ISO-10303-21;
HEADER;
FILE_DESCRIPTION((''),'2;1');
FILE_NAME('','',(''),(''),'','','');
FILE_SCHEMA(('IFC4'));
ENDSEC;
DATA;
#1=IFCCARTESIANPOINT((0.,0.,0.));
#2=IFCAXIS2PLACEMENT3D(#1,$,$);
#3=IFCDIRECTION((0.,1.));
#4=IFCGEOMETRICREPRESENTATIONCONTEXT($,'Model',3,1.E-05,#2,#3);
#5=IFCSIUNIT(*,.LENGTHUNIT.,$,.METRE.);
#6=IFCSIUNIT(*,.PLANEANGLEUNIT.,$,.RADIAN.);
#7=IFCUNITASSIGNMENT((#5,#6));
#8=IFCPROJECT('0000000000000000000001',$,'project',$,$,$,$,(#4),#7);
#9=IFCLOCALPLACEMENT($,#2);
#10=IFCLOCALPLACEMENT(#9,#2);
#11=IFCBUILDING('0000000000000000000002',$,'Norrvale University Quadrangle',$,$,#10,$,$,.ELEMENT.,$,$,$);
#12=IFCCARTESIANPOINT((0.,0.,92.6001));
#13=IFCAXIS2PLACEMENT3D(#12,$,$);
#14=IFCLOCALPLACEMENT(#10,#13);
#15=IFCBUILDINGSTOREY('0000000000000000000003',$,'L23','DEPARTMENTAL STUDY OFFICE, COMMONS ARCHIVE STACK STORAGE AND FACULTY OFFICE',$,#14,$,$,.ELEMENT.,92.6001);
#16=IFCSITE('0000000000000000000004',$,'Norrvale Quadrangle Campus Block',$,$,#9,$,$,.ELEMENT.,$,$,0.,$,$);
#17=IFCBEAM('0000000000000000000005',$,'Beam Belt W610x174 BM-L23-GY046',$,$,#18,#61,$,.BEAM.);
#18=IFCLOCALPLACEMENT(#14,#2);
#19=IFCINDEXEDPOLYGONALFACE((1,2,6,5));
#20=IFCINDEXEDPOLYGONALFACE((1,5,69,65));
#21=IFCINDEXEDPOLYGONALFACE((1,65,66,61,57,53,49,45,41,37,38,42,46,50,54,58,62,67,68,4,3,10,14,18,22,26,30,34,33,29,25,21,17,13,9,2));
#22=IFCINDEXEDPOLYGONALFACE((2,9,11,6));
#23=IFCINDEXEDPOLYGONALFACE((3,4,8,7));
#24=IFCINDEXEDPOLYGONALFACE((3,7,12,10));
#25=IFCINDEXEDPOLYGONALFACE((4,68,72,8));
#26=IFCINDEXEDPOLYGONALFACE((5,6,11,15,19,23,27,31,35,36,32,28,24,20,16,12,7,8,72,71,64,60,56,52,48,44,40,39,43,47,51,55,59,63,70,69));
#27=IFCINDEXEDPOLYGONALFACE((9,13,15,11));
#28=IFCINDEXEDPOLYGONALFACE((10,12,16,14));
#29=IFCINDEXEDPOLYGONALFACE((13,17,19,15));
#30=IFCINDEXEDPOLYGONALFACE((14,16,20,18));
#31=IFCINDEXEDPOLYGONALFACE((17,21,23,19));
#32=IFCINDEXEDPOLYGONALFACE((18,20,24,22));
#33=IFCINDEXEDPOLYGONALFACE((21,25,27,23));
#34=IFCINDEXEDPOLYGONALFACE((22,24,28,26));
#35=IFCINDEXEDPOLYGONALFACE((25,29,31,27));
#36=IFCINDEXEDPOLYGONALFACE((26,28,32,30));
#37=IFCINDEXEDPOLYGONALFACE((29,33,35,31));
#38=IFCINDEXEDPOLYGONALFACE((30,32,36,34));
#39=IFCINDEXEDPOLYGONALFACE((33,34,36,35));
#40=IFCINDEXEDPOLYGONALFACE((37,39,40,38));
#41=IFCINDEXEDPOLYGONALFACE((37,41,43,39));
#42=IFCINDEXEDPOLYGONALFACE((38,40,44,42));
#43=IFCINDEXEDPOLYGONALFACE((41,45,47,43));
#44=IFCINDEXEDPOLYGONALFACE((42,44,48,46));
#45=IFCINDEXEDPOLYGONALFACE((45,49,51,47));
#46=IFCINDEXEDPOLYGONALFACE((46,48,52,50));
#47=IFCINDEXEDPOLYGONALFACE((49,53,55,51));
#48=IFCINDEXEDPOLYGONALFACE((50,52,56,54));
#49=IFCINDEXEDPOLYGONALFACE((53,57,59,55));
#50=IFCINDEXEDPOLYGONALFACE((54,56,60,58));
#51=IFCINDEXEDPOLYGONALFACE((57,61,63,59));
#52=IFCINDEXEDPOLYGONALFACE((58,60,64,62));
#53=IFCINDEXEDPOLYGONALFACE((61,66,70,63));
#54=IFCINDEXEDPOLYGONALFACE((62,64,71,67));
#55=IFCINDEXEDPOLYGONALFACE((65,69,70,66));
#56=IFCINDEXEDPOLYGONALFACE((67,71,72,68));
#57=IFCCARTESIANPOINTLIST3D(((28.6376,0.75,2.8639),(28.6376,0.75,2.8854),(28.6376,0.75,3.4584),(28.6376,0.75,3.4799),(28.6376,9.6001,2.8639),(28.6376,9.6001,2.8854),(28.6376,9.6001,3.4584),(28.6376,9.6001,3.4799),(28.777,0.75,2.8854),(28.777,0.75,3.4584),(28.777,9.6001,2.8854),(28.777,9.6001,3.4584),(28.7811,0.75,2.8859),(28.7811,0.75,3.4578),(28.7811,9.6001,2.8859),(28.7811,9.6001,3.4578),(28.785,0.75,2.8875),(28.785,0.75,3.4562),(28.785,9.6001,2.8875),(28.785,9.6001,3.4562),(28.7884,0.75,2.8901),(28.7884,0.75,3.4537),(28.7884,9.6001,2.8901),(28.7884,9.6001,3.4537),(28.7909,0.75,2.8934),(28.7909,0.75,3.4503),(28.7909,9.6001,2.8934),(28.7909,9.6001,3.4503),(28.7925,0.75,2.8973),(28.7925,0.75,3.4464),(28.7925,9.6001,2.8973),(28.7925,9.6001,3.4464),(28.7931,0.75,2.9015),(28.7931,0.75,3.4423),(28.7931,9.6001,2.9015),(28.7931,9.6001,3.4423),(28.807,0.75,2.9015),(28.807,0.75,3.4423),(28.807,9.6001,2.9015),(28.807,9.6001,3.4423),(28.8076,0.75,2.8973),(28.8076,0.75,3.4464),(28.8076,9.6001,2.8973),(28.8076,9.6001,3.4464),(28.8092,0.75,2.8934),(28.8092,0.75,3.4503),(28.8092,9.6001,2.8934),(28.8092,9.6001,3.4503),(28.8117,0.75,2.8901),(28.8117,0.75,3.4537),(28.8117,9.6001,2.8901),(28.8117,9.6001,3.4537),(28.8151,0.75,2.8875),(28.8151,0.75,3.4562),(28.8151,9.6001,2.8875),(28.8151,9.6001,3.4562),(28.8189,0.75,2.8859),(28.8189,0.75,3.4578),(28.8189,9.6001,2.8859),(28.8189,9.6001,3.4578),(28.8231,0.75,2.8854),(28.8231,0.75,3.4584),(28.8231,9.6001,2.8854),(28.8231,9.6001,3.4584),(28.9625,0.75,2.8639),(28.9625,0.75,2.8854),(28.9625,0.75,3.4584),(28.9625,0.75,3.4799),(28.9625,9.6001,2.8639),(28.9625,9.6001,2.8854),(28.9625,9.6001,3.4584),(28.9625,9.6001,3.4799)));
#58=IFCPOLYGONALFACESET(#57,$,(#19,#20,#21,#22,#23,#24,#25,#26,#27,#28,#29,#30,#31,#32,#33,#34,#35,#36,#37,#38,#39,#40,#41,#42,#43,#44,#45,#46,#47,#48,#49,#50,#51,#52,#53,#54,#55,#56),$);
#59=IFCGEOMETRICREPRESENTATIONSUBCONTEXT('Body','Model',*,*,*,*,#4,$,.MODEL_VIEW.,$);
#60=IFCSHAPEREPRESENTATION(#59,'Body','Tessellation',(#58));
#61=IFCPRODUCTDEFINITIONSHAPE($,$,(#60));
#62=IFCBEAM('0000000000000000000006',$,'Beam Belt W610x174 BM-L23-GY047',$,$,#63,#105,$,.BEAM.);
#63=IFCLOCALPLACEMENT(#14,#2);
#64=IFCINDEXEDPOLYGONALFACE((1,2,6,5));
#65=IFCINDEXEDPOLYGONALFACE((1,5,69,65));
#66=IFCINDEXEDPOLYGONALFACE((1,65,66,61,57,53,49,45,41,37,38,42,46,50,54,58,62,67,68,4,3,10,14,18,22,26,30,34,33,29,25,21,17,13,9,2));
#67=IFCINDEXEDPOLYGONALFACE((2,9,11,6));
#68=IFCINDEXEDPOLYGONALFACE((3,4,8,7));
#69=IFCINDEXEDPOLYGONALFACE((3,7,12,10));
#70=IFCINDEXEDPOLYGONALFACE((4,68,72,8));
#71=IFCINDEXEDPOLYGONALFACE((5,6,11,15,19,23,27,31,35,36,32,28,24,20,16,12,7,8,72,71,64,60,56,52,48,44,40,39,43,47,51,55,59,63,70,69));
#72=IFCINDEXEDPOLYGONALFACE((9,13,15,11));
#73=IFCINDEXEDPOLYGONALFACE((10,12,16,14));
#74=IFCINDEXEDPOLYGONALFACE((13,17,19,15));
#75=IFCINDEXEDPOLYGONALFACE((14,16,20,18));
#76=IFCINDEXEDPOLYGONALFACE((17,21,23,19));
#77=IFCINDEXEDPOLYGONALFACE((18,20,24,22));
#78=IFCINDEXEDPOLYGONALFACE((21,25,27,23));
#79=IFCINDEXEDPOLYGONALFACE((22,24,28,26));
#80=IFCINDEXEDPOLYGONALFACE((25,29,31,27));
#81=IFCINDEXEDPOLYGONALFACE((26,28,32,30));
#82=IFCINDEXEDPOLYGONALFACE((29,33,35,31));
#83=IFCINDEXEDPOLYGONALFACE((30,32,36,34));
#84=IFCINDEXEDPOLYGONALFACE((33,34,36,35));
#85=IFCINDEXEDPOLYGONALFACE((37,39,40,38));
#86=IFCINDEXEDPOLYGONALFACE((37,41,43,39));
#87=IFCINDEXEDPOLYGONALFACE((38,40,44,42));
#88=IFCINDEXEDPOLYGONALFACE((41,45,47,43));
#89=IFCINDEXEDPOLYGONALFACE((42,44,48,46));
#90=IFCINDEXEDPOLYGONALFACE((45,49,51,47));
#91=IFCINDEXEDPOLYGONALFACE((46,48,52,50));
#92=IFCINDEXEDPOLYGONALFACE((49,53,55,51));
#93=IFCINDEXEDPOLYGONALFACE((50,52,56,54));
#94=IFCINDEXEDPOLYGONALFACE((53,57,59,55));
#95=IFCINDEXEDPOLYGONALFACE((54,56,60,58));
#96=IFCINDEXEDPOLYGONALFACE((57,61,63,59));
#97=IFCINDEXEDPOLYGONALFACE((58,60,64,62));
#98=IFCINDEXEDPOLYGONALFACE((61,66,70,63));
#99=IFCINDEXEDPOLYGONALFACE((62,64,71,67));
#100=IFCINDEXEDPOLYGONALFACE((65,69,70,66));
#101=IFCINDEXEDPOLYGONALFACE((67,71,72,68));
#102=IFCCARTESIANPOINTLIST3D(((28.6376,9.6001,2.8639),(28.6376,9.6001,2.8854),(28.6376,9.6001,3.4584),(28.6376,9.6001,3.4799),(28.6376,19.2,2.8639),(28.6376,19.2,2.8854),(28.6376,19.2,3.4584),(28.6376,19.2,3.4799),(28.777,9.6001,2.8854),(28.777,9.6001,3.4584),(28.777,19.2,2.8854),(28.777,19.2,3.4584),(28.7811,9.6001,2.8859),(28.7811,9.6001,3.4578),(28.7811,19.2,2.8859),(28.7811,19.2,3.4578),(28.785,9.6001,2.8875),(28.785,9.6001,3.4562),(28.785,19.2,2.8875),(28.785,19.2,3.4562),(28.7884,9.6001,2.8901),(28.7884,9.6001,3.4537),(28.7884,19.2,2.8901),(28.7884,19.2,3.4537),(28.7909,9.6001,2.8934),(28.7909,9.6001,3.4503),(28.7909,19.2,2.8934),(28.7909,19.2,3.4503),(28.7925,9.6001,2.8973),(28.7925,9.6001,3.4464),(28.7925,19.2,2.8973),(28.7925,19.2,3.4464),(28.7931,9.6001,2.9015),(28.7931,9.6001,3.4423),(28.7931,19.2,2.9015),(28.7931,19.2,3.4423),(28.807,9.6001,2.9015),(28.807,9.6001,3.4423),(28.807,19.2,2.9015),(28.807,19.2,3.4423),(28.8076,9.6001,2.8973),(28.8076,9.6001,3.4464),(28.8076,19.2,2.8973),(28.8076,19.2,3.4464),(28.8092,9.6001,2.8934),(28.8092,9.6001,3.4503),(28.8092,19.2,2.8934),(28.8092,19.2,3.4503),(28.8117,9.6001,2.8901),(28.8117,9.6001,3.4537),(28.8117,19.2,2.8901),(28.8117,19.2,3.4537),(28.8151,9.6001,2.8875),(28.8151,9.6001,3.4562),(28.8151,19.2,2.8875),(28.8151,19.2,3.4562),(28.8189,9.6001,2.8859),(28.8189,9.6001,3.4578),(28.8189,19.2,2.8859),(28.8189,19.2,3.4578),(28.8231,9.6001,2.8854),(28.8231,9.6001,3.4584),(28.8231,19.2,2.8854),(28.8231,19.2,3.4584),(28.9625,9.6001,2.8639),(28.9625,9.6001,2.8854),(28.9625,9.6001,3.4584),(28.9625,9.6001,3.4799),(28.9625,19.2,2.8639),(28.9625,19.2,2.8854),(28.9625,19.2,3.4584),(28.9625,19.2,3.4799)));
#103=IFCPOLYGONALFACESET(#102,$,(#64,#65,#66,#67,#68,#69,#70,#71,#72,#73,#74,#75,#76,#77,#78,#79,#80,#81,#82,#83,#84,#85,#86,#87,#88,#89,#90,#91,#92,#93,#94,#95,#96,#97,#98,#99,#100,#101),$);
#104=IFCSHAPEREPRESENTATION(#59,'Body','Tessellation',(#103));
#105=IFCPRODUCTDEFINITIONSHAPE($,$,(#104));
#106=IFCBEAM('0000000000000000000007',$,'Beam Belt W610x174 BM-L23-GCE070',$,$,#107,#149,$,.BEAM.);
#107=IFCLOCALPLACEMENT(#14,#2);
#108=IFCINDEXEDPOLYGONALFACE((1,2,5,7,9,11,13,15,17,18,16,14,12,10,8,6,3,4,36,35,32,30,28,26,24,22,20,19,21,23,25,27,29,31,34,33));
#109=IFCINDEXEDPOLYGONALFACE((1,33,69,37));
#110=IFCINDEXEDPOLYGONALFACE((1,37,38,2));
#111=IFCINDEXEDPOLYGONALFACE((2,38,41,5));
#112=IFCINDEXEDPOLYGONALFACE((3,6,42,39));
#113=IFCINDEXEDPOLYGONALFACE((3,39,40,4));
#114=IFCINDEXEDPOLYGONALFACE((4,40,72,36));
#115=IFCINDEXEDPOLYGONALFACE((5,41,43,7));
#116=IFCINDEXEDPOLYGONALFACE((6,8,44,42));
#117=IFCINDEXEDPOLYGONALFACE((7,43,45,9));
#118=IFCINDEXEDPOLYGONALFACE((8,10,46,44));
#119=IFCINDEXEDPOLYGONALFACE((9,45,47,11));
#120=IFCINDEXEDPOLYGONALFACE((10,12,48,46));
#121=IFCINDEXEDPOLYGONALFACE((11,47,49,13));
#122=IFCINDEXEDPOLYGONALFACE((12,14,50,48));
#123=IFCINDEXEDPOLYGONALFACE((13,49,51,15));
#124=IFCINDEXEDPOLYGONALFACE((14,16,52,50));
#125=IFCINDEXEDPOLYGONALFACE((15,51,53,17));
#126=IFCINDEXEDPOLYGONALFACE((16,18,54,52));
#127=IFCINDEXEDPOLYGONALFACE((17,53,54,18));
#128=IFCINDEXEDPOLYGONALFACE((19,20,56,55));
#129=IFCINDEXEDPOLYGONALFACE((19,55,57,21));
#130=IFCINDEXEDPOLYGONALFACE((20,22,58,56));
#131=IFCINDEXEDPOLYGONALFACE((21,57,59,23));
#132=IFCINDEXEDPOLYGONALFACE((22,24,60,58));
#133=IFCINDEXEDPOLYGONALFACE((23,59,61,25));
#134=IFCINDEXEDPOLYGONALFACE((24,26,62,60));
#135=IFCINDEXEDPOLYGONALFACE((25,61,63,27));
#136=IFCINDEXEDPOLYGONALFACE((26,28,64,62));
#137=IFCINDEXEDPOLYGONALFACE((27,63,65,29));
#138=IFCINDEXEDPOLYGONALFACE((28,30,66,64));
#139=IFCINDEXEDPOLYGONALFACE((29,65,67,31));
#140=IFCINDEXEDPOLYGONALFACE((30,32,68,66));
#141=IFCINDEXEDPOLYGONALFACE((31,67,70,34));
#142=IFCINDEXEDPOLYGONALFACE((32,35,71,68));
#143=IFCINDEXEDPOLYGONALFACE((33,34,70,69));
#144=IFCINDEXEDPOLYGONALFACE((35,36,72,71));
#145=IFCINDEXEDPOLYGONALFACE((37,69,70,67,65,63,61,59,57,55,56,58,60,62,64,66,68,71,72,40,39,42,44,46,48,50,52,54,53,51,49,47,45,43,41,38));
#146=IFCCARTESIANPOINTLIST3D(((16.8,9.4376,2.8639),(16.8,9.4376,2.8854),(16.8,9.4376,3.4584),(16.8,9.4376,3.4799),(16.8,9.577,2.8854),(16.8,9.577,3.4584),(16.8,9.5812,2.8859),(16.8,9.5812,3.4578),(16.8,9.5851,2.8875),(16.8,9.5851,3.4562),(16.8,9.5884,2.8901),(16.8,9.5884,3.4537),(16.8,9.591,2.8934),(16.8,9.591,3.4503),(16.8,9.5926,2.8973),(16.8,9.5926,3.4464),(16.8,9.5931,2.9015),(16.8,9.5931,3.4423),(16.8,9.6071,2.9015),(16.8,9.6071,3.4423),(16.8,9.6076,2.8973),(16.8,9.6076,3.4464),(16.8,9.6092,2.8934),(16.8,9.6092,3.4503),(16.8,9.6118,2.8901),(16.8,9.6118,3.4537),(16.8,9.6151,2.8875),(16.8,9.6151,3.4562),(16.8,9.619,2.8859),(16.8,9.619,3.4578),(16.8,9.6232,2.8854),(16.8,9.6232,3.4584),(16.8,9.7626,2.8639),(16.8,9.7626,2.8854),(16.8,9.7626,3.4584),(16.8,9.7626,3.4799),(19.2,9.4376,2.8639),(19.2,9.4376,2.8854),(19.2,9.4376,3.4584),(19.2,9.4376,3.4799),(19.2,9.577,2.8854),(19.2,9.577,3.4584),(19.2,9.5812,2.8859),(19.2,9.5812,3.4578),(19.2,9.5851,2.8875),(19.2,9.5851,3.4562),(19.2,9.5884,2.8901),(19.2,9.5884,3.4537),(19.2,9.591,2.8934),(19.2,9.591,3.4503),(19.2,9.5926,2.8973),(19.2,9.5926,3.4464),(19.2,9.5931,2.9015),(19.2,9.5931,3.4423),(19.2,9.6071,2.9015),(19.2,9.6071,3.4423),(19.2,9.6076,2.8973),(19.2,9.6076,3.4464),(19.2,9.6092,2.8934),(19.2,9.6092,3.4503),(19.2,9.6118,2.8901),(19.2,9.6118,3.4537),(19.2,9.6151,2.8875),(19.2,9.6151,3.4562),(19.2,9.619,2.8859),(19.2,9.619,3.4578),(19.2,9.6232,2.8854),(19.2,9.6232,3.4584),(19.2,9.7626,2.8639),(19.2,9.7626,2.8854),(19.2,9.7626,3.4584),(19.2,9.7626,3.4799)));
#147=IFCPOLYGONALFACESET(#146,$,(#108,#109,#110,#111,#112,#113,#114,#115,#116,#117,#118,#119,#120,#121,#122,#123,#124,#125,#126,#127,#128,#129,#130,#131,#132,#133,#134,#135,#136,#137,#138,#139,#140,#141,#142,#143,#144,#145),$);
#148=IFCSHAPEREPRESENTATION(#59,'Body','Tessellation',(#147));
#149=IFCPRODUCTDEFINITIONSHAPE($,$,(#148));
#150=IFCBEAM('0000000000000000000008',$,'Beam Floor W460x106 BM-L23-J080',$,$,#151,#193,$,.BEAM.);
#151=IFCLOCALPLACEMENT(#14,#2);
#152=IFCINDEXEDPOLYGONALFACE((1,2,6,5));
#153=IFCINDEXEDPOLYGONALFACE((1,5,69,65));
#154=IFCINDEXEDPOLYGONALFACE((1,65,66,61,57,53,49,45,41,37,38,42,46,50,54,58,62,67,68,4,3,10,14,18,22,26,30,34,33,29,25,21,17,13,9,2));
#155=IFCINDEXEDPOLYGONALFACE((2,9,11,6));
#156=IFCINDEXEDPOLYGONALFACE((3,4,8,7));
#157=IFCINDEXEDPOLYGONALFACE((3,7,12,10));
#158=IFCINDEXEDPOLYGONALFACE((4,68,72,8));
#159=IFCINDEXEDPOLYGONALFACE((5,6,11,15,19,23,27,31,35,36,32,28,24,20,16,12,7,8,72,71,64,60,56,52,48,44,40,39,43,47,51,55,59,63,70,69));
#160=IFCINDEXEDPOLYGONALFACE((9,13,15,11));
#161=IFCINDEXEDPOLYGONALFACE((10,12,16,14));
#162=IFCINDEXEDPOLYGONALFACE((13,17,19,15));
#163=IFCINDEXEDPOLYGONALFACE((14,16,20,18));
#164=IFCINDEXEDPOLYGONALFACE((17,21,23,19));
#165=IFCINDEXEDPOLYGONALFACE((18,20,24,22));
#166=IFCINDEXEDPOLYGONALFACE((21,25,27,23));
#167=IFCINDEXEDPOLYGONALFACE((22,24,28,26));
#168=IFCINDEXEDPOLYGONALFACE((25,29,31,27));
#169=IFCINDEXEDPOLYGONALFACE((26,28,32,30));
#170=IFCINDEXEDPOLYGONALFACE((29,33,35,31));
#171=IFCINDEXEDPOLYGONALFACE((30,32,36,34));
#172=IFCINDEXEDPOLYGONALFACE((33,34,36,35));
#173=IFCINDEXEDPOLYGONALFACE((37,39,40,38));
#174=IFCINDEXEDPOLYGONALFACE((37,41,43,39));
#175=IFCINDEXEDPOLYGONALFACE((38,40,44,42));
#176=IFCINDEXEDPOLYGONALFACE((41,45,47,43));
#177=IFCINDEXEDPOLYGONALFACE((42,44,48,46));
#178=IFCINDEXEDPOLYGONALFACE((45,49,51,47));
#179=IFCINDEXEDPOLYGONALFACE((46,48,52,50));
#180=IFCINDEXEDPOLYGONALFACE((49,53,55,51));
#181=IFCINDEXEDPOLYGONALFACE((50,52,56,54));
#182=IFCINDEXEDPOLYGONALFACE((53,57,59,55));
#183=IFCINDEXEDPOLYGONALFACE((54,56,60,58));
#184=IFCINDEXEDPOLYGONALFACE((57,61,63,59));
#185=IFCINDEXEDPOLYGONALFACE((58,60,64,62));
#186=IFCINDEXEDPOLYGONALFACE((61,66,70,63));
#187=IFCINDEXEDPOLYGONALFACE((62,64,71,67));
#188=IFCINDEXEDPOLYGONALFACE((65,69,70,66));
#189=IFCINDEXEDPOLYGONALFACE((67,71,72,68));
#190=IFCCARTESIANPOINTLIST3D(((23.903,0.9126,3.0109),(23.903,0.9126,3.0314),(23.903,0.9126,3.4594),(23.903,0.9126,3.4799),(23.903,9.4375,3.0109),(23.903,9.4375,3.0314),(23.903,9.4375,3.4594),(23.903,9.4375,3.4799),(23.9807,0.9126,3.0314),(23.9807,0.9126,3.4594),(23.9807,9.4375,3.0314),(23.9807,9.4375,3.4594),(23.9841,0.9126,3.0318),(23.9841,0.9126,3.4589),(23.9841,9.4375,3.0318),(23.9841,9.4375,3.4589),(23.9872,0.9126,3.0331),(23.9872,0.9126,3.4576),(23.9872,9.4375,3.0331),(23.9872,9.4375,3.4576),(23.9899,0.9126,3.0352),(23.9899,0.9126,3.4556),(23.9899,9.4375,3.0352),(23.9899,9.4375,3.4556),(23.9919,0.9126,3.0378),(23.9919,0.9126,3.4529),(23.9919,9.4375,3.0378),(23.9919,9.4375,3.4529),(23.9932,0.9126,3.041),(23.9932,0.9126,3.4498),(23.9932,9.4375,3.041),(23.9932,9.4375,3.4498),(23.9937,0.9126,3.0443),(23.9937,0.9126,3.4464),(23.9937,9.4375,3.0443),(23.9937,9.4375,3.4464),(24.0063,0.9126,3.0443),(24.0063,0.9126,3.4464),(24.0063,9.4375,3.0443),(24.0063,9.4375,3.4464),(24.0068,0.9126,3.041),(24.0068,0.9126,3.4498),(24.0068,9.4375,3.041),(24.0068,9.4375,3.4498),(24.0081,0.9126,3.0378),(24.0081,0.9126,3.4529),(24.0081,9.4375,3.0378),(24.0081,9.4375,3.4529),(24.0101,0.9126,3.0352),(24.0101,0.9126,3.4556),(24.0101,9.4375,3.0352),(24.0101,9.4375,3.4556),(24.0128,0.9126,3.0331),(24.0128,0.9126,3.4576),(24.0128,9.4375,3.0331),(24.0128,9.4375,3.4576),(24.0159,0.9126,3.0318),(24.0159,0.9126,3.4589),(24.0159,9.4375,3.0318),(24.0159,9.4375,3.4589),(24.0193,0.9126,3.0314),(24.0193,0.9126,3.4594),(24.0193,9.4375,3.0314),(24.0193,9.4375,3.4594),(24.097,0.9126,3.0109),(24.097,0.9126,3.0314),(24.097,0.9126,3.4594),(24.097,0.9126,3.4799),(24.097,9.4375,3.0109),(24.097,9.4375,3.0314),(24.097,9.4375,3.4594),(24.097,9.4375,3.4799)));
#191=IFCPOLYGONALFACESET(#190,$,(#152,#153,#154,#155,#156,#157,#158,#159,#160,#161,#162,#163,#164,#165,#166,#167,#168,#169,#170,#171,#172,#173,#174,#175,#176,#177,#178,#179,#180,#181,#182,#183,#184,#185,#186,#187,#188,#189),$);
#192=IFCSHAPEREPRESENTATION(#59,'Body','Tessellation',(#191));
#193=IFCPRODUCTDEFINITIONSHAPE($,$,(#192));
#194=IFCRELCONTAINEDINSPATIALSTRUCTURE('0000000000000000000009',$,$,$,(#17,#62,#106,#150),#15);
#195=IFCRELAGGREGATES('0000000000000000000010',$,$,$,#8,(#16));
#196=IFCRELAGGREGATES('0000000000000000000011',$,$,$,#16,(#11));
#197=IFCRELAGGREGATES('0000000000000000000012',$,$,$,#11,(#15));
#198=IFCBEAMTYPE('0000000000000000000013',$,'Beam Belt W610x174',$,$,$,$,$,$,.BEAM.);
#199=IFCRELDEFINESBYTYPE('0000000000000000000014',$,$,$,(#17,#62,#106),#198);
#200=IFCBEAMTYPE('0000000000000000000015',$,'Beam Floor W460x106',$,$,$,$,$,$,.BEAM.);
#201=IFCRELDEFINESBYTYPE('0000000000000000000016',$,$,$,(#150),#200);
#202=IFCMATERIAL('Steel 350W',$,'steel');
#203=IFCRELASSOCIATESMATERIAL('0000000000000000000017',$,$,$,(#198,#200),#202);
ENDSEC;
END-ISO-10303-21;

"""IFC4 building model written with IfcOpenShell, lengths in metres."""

from ifc_helpers import new_model, si_unit, direction, frame, origin, origin_2d, place, context, subcontext, project, spatial, i_section, extrude, material, material_profile, profile_set, type_object, element, save


model = new_model("IFC4")

# Units and contexts
model_context = context("Model", 3, precision=1e-05, world=origin(), true_north=direction((0.0, 1.0)))
body_context = subcontext(model_context, "Body", "Model", "MODEL_VIEW")
ifc_project = project(units=[si_unit("LENGTHUNIT", "METRE"), si_unit("PLANEANGLEUNIT", "RADIAN")], contexts=[model_context])

# Site, building, storey
site_placement = place(None, origin())
site = spatial("IfcSite", under=ifc_project, at=site_placement, Name="Norrvale Quadrangle Campus Block", CompositionType="ELEMENT", RefElevation=0.0)
building_placement = place(site_placement, origin())
building = spatial("IfcBuilding", under=site, at=building_placement, Name="Norrvale University Quadrangle", CompositionType="ELEMENT")
storey_placement = place(building_placement, frame((0.0, 0.0, 92.6001)))
storey = spatial("IfcBuildingStorey", under=building, at=storey_placement, Name="L23", Description="DEPARTMENTAL STUDY OFFICE, COMMONS ARCHIVE STACK STORAGE AND FACULTY OFFICE", CompositionType="ELEMENT", Elevation=92.6001)

# Beams
ifc_material_1 = material(Name="Steel 350W", Category="steel")
ifc_material_profile_1 = material_profile(ifc_material_1, i_section(OverallWidth=0.325, OverallDepth=0.616, WebThickness=0.0139, FlangeThickness=0.0215, FilletRadius=0.0161, at=origin_2d()), Name="Steel 350W")
ifc_profile_set_1 = profile_set([ifc_material_profile_1], Name="Steel 350W")
beam_type_1 = type_object("IfcBeamType", Name="Beam Belt W610x174", PredefinedType="BEAM", material=ifc_profile_set_1)
beam_1_placement = place(storey_placement, frame((28.8, 0.75, 3.1719), z_axis=(0.0, 1.0, 0.0), x_axis=(-1.0, 0.0, 0.0)))
element("IfcBeam", 1, at=beam_1_placement, inside=storey, type_object=beam_type_1, Name="Beam Belt W610x174 BM-L23-GY046", PredefinedType="BEAM", context=body_context, shape_type="SweptSolid", body=[
    extrude(i_section(OverallWidth=0.325, OverallDepth=0.616, WebThickness=0.0139, FlangeThickness=0.0215, FilletRadius=0.0161, at=origin_2d()), origin(), (0.0, 0.0, 1.0), 8.8501),
])
beam_2_placement = place(storey_placement, frame((28.8, 9.6001, 3.1719), z_axis=(0.0, 1.0, 0.0), x_axis=(-1.0, 0.0, 0.0)))
element("IfcBeam", 2, at=beam_2_placement, inside=storey, type_object=beam_type_1, Name="Beam Belt W610x174 BM-L23-GY047", PredefinedType="BEAM", context=body_context, shape_type="SweptSolid", body=[
    extrude(i_section(OverallWidth=0.325, OverallDepth=0.616, WebThickness=0.0139, FlangeThickness=0.0215, FilletRadius=0.0161, at=origin_2d()), origin(), (0.0, 0.0, 1.0), 9.5999),
])
beam_3_placement = place(storey_placement, frame((16.8, 9.6001, 3.1719), z_axis=(1.0, 0.0, 0.0), x_axis=(0.0, 1.0, 0.0)))
element("IfcBeam", 3, at=beam_3_placement, inside=storey, type_object=beam_type_1, Name="Beam Belt W610x174 BM-L23-GCE070", PredefinedType="BEAM", context=body_context, shape_type="SweptSolid", body=[
    extrude(i_section(OverallWidth=0.325, OverallDepth=0.616, WebThickness=0.0139, FlangeThickness=0.0215, FilletRadius=0.0161, at=origin_2d()), origin(), (0.0, 0.0, 1.0), 2.3999),
])
ifc_material_profile_2 = material_profile(ifc_material_1, i_section(OverallWidth=0.1941, OverallDepth=0.469, WebThickness=0.0127, FlangeThickness=0.0205, FilletRadius=0.0129, at=origin_2d()), Name="Steel 350W")
ifc_profile_set_2 = profile_set([ifc_material_profile_2], Name="Steel 350W")
beam_type_2 = type_object("IfcBeamType", Name="Beam Floor W460x106", PredefinedType="BEAM", material=ifc_profile_set_2)
for number, where, z_axis, x_axis, name in (
    (4, (24.0, 0.9126, 3.2454), (0.0, 1.0, 0.0), (-1.0, 0.0, 0.0), "Beam Floor W460x106 BM-L23-J080"),
):
    element("IfcBeam", number, at=place(storey_placement, frame(where, z_axis=z_axis, x_axis=x_axis)), inside=storey, type_object=beam_type_2, Name=name, PredefinedType="BEAM", context=body_context, shape_type="SweptSolid", body=[
        extrude(i_section(OverallWidth=0.1941, OverallDepth=0.469, WebThickness=0.0127, FlangeThickness=0.0205, FilletRadius=0.0129, at=origin_2d()), origin(), (0.0, 0.0, 1.0), 8.5249),
    ])

save(model, "model.ifc")
